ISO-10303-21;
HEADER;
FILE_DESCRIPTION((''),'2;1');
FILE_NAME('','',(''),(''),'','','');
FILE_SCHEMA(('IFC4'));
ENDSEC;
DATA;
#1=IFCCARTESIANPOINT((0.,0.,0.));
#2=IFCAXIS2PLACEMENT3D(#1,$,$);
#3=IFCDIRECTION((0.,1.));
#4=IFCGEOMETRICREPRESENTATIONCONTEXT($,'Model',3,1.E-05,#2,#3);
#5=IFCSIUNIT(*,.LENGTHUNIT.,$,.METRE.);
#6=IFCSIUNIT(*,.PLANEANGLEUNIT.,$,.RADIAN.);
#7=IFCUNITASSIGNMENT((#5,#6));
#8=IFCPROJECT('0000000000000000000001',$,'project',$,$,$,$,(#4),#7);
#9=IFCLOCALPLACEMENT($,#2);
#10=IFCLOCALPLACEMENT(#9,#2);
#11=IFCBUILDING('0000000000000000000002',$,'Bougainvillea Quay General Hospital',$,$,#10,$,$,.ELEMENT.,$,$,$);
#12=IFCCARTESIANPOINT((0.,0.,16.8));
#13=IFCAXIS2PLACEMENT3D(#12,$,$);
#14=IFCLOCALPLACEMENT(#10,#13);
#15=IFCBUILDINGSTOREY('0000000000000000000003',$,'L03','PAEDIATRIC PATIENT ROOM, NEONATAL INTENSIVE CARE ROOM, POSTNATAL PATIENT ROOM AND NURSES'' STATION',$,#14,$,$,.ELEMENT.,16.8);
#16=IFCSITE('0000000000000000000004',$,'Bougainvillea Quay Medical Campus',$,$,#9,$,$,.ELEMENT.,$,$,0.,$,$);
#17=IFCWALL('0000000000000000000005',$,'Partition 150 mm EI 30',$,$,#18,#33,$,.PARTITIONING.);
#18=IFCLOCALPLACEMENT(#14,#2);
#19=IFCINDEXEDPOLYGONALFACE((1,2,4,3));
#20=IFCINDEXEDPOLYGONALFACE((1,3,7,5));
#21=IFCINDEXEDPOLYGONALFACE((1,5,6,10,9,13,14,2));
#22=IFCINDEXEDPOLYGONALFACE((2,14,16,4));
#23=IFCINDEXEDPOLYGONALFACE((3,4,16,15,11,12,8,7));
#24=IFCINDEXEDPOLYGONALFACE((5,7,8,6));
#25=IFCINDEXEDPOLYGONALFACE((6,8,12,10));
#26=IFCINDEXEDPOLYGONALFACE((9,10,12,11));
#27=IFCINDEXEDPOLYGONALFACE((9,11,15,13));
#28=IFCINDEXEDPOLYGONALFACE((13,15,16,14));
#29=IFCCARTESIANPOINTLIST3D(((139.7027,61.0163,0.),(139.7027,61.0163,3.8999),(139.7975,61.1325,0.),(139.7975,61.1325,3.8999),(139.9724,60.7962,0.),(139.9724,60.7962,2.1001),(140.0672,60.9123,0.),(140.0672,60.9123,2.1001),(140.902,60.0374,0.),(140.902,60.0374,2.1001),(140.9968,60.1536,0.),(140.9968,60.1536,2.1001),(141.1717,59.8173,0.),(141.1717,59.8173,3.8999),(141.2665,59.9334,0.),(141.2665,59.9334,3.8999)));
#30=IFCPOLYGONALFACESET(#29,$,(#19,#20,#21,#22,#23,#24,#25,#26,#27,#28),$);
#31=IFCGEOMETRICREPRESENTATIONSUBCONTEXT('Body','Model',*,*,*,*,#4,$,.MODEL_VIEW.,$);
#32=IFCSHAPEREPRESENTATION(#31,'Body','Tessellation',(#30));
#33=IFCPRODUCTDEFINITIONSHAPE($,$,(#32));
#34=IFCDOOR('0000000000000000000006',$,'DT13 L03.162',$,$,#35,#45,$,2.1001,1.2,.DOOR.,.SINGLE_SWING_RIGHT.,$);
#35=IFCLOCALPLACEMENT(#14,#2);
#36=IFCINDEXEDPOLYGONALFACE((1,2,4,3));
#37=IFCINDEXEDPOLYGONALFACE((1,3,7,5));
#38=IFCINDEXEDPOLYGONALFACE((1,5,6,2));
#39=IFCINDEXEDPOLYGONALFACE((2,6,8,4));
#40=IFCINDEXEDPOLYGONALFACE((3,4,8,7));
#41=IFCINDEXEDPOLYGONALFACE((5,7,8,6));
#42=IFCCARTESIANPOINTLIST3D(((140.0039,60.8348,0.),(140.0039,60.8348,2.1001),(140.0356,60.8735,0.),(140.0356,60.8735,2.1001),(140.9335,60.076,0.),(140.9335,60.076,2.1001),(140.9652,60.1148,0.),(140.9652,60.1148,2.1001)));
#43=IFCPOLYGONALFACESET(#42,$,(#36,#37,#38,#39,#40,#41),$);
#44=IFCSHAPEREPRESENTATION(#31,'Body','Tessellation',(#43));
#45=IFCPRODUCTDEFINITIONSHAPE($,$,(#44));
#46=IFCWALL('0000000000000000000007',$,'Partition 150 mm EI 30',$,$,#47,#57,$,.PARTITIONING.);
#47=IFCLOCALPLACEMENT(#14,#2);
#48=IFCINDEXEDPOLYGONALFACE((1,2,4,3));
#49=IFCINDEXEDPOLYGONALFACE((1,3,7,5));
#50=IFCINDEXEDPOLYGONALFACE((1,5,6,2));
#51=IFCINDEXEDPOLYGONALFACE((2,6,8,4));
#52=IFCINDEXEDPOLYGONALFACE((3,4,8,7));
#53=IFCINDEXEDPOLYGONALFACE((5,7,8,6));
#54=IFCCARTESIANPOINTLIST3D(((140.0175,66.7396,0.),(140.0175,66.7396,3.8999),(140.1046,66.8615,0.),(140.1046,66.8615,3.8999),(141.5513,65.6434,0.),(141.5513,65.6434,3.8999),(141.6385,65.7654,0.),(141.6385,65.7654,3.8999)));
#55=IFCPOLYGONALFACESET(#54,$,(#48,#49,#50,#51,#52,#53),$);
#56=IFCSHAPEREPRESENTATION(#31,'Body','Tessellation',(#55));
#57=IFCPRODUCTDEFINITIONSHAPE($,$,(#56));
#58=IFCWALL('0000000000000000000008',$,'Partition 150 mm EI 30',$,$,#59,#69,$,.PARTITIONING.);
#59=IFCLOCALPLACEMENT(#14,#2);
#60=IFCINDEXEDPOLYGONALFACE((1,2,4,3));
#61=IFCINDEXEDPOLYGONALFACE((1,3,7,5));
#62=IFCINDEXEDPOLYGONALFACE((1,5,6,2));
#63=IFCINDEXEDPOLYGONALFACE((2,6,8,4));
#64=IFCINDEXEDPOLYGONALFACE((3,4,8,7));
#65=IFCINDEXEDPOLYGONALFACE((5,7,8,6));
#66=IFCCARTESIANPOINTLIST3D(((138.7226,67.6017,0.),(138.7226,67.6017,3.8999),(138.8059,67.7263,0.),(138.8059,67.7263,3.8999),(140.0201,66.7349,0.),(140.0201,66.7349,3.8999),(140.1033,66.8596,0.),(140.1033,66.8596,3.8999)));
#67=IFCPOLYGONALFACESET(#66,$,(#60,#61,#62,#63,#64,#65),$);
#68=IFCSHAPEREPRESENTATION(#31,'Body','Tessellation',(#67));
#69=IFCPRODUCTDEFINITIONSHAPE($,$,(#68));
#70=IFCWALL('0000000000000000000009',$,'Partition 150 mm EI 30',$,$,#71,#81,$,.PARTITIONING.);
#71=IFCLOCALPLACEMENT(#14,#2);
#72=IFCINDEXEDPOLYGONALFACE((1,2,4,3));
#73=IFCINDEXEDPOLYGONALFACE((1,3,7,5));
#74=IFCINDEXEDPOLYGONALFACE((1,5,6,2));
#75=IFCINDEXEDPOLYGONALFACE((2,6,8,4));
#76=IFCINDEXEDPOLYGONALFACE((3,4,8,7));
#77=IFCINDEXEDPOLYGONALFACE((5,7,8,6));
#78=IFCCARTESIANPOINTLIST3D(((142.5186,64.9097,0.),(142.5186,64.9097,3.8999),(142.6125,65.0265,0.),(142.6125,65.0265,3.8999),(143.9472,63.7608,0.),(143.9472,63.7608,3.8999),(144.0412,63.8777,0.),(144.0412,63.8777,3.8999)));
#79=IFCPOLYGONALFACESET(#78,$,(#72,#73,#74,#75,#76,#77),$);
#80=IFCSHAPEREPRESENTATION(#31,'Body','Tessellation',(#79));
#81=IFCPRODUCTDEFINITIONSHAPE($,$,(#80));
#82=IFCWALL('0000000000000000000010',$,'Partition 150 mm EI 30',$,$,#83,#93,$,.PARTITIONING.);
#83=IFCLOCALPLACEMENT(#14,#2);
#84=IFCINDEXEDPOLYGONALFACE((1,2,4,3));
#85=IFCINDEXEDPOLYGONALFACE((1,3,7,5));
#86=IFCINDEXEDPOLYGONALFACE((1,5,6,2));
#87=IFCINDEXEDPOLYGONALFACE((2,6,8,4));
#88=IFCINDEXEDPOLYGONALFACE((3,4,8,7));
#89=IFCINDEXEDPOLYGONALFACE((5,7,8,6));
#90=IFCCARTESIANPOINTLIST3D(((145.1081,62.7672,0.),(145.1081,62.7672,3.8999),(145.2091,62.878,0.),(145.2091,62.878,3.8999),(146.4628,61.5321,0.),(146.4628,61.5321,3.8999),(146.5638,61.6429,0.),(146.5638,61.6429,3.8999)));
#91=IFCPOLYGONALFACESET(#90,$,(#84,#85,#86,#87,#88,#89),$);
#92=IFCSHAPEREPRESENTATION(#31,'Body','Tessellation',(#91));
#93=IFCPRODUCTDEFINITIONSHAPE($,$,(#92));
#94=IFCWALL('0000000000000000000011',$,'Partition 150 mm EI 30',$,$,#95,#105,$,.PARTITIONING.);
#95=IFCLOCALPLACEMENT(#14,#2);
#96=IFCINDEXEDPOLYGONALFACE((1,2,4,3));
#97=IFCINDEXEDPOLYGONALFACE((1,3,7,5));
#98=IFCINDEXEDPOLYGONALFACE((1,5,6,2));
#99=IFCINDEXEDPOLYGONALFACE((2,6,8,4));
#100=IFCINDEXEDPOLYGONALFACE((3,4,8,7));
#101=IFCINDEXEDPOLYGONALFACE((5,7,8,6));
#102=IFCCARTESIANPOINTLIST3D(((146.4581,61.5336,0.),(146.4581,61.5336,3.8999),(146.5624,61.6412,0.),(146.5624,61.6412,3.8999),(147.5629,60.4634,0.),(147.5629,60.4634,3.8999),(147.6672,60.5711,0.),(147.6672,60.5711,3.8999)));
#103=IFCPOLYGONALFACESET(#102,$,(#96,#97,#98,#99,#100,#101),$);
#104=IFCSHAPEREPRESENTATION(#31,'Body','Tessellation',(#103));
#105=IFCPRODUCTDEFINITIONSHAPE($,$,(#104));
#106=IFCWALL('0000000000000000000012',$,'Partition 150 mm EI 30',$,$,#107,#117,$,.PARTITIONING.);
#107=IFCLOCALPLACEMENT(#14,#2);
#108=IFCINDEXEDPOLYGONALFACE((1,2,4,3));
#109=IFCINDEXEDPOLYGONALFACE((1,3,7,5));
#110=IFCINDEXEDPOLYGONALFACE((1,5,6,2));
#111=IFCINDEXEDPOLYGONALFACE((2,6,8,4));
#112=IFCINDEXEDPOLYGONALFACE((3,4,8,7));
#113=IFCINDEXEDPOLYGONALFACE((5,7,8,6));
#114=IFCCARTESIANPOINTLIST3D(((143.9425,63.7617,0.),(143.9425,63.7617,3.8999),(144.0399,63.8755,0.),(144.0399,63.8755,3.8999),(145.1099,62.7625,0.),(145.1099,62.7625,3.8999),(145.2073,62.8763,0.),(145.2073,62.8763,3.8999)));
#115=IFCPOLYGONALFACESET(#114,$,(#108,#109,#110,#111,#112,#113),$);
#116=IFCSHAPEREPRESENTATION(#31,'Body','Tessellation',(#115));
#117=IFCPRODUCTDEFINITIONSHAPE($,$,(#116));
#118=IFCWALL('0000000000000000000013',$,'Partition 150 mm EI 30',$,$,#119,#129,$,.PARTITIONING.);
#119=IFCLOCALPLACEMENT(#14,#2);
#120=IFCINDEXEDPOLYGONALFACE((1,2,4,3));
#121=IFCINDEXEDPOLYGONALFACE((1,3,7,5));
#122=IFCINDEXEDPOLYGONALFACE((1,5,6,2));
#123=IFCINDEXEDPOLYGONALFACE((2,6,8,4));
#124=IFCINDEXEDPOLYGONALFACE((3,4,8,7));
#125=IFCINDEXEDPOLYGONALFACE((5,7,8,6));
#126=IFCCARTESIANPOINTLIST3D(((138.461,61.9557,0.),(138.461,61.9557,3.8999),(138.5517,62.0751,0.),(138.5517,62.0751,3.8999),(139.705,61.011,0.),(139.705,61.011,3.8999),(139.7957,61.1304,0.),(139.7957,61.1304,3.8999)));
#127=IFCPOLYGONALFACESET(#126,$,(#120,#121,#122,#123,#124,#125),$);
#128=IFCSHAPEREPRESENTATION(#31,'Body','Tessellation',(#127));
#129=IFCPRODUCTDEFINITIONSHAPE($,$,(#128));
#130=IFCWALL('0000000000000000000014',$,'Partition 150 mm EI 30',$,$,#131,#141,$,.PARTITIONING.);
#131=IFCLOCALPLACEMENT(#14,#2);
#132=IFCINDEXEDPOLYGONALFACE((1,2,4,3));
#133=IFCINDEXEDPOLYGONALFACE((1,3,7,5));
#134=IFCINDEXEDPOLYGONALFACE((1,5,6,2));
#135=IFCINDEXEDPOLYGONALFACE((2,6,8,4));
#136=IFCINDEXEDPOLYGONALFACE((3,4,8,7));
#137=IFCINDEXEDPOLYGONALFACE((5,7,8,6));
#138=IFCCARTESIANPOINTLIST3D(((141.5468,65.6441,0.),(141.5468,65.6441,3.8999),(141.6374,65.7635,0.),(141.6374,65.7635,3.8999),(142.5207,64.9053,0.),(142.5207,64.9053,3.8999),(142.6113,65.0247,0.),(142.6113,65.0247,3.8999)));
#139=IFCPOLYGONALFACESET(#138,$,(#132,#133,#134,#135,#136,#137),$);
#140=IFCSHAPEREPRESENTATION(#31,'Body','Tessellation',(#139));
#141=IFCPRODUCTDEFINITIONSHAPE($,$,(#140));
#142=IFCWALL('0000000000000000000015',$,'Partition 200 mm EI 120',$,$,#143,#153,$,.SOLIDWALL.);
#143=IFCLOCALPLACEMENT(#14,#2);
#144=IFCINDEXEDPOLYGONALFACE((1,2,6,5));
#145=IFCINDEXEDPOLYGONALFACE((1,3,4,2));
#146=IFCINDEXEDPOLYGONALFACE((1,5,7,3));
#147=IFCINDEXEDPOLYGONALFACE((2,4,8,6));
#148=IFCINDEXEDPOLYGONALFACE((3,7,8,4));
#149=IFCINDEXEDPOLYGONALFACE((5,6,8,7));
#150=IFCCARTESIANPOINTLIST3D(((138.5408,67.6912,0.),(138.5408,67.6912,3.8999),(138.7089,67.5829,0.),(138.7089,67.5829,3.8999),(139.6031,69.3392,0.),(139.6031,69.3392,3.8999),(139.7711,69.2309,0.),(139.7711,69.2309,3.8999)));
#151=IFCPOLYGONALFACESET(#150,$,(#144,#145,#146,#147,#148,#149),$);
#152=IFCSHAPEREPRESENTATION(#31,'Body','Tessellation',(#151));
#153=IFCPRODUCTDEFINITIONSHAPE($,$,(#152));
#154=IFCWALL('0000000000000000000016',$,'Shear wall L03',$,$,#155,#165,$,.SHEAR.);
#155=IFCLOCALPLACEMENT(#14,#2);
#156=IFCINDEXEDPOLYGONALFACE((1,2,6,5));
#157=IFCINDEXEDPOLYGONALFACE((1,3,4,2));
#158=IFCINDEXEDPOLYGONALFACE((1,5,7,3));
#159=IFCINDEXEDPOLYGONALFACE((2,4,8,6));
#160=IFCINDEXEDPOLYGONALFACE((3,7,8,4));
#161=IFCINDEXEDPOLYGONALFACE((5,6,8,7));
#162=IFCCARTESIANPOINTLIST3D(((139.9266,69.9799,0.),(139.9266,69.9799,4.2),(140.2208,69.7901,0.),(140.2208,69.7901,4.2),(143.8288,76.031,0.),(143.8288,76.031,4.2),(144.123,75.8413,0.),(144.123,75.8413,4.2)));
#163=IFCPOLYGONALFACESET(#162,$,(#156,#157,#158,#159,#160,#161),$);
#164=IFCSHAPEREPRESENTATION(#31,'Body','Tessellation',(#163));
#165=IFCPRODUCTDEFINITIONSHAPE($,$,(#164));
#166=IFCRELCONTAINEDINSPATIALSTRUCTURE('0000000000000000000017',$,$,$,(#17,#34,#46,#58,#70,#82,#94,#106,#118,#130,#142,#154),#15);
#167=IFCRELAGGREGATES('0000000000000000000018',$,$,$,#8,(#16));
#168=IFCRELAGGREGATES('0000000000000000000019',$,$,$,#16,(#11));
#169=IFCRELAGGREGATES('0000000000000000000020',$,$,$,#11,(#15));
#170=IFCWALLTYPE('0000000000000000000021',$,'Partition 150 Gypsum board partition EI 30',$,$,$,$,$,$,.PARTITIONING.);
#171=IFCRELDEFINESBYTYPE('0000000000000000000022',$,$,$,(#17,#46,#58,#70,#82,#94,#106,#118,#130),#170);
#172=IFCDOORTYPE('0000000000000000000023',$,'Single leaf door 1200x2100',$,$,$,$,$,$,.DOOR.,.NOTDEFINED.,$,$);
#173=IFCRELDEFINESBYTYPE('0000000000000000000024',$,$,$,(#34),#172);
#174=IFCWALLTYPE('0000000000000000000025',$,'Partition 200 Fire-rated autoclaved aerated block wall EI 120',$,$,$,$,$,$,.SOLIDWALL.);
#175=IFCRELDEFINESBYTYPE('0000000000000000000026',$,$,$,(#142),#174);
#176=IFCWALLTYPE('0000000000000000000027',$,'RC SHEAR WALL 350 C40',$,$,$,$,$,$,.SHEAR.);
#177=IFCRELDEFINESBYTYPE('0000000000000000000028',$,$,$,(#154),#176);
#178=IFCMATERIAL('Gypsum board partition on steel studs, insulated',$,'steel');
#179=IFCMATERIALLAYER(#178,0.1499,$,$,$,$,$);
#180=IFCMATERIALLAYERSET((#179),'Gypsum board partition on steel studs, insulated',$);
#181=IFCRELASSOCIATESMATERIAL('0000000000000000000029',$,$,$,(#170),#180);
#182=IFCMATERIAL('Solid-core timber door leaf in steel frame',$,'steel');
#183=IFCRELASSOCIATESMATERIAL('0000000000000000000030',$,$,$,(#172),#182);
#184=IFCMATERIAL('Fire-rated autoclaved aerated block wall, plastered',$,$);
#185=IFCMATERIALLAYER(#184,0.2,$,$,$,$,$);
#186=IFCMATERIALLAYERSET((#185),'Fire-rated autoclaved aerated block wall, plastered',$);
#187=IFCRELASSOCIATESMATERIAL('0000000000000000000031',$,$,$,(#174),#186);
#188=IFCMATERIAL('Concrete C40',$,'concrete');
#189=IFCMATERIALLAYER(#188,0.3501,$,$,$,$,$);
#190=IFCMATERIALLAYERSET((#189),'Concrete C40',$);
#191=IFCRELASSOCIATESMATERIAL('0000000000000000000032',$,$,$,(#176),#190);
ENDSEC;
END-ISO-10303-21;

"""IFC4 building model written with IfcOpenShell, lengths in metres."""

from ifc_helpers import new_model, si_unit, direction, frame, frame_2d, origin, place, context, subcontext, project, spatial, rectangle, extrude, material, layer, layer_set, type_object, element, fill, save


model = new_model("IFC4")

# Units and contexts
model_context = context("Model", 3, precision=1e-05, world=origin(), true_north=direction((0.0, 1.0)))
body_context = subcontext(model_context, "Body", "Model", "MODEL_VIEW")
ifc_project = project(units=[si_unit("LENGTHUNIT", "METRE"), si_unit("PLANEANGLEUNIT", "RADIAN")], contexts=[model_context])

# Site, building, storey
site_placement = place(None, origin())
site = spatial("IfcSite", under=ifc_project, at=site_placement, Name="Bougainvillea Quay Medical Campus", CompositionType="ELEMENT", RefElevation=0.0)
building_placement = place(site_placement, origin())
building = spatial("IfcBuilding", under=site, at=building_placement, Name="Bougainvillea Quay General Hospital", CompositionType="ELEMENT")
storey_placement = place(building_placement, frame((0.0, 0.0, 16.8)))
storey = spatial("IfcBuildingStorey", under=building, at=storey_placement, Name="L03", Description="PAEDIATRIC PATIENT ROOM, NEONATAL INTENSIVE CARE ROOM, POSTNATAL PATIENT ROOM AND NURSES' STATION", CompositionType="ELEMENT", Elevation=16.8)

# Shared definitions
ifc_material_1 = material(Name="Concrete C40", Category="concrete")

# Shared definitions
ifc_material_2 = material(Name="Gypsum board partition on steel studs, insulated", Category="steel")
ifc_layer_1 = layer(ifc_material_2, 0.1499)
ifc_layer_set_1 = layer_set([ifc_layer_1], Name="Gypsum board partition on steel studs, insulated")
wall_type_1 = type_object("IfcWallType", Name="Partition 150 Gypsum board partition EI 30", PredefinedType="PARTITIONING", material=ifc_layer_set_1)
ifc_material_3 = material(Name="Solid-core timber door leaf in steel frame", Category="steel")

# Wall, opening, door
wall_1_placement = place(storey_placement, frame((139.75, 61.0745, 0.0), z_axis=(0.0, 0.0, 1.0), x_axis=(0.774714, -0.632312, 0.0)))
wall_1 = element("IfcWall", 1, at=wall_1_placement, inside=storey, type_object=wall_type_1, Name="Partition 150 mm EI 30", PredefinedType="PARTITIONING", context=body_context, shape_type="SweptSolid", body=[
    extrude(rectangle(XDim=1.8962, YDim=0.1499, at=frame_2d((0.9482, 0.0))), origin(), (0.0, 0.0, 1.0), 3.8999),
])
opening_1_placement = place(wall_1_placement, frame((0.3481, 0.0, 0.0)))
opening_1 = element("IfcOpeningElement", 2, at=opening_1_placement, cuts=wall_1, PredefinedType="OPENING", context=body_context, shape_type="SweptSolid", body=[
    extrude(rectangle(XDim=1.2, YDim=2.1001, at=frame_2d((0.6001, 1.05))), frame((0.0, 0.085, 0.0), z_axis=(0.0, -1.0, 0.0), x_axis=(1.0, 0.0, 0.0)), (0.0, 0.0, 1.0), 0.1699),
])
door_type_1 = type_object("IfcDoorType", Name="Single leaf door 1200x2100", OperationType="NOTDEFINED", PredefinedType="DOOR", material=ifc_material_3)
door_1_placement = place(opening_1_placement, origin())
door_1 = element("IfcDoor", 3, at=door_1_placement, inside=storey, type_object=door_type_1, Name="DT13 L03.162", OperationType="SINGLE_SWING_RIGHT", OverallHeight=2.1001, OverallWidth=1.2, PredefinedType="DOOR", context=body_context, shape_type="SweptSolid", body=[
    extrude(rectangle(XDim=1.2, YDim=2.1001, at=frame_2d((0.6001, 1.05))), frame((0.0, 0.0249, 0.0), z_axis=(0.0, -1.0, 0.0), x_axis=(1.0, 0.0, 0.0)), (0.0, 0.0, 1.0), 0.05),
])
fill(opening_1, door_1)

# Walls
wall_2_placement = place(storey_placement, frame((140.061, 66.8005, 0.0), z_axis=(0.0, 0.0, 1.0), x_axis=(0.813602, -0.581422, 0.0)))
element("IfcWall", 4, at=wall_2_placement, inside=storey, type_object=wall_type_1, Name="Partition 150 mm EI 30", PredefinedType="PARTITIONING", context=body_context, shape_type="SweptSolid", body=[
    extrude(rectangle(XDim=1.8853, YDim=0.1499, at=frame_2d((0.9426, 0.0))), origin(), (0.0, 0.0, 1.0), 3.8999),
])
wall_3_placement = place(storey_placement, frame((138.7642, 67.6641, 0.0), z_axis=(0.0, 0.0, 1.0), x_axis=(0.83152, -0.555494, 0.0)))
element("IfcWall", 5, at=wall_3_placement, inside=storey, type_object=wall_type_1, Name="Partition 150 mm EI 30", PredefinedType="PARTITIONING", context=body_context, shape_type="SweptSolid", body=[
    extrude(rectangle(XDim=1.5603, YDim=0.1499, at=frame_2d((0.7803, 0.0))), origin(), (0.0, 0.0, 1.0), 3.8999),
])
for number, where, z_axis, x_axis, name in (
    (6, (142.5657, 64.968, 0.0), (0.0, 0.0, 1.0), (0.779281, -0.626674, 0.0), "Partition 150 mm EI 30"),
    (7, (145.1587, 62.8225, 0.0), (0.0, 0.0, 1.0), (0.738981, -0.673726, 0.0), "Partition 150 mm EI 30"),
):
    element("IfcWall", number, at=place(storey_placement, frame(where, z_axis=z_axis, x_axis=x_axis)), inside=storey, type_object=wall_type_1, Name=name, PredefinedType="PARTITIONING", context=body_context, shape_type="SweptSolid", body=[
        extrude(rectangle(XDim=1.8333, YDim=0.1499, at=frame_2d((0.9165, 0.0))), origin(), (0.0, 0.0, 1.0), 3.8999),
    ])
wall_4_placement = place(storey_placement, frame((146.5103, 61.5874, 0.0), z_axis=(0.0, 0.0, 1.0), x_axis=(0.718287, -0.695747, 0.0)))
element("IfcWall", 8, at=wall_4_placement, inside=storey, type_object=wall_type_1, Name="Partition 150 mm EI 30", PredefinedType="PARTITIONING", context=body_context, shape_type="SweptSolid", body=[
    extrude(rectangle(XDim=1.5381, YDim=0.1499, at=frame_2d((0.769, 0.0))), origin(), (0.0, 0.0, 1.0), 3.8999),
])
wall_5_placement = place(storey_placement, frame((143.9912, 63.8186, 0.0), z_axis=(0.0, 0.0, 1.0), x_axis=(0.759716, -0.650255, 0.0)))
element("IfcWall", 9, at=wall_5_placement, inside=storey, type_object=wall_type_1, Name="Partition 150 mm EI 30", PredefinedType="PARTITIONING", context=body_context, shape_type="SweptSolid", body=[
    extrude(rectangle(XDim=1.5366, YDim=0.1499, at=frame_2d((0.7683, 0.0))), origin(), (0.0, 0.0, 1.0), 3.8999),
])
wall_6_placement = place(storey_placement, frame((138.5063, 62.0154, 0.0), z_axis=(0.0, 0.0, 1.0), x_axis=(0.796403, -0.604766, 0.0)))
element("IfcWall", 10, at=wall_6_placement, inside=storey, type_object=wall_type_1, Name="Partition 150 mm EI 30", PredefinedType="PARTITIONING", context=body_context, shape_type="SweptSolid", body=[
    extrude(rectangle(XDim=1.562, YDim=0.1499, at=frame_2d((0.781, 0.0))), origin(), (0.0, 0.0, 1.0), 3.8999),
])
wall_7_placement = place(storey_placement, frame((141.592, 65.7039, 0.0), z_axis=(0.0, 0.0, 1.0), x_axis=(0.796705, -0.604369, 0.0)))
element("IfcWall", 11, at=wall_7_placement, inside=storey, type_object=wall_type_1, Name="Partition 150 mm EI 30", PredefinedType="PARTITIONING", context=body_context, shape_type="SweptSolid", body=[
    extrude(rectangle(XDim=1.2224, YDim=0.1499, at=frame_2d((0.6113, 0.0))), origin(), (0.0, 0.0, 1.0), 3.8999),
])
ifc_material_4 = material(Name="Fire-rated autoclaved aerated block wall, plastered")
ifc_layer_2 = layer(ifc_material_4, 0.2)
ifc_layer_set_2 = layer_set([ifc_layer_2], Name="Fire-rated autoclaved aerated block wall, plastered")
wall_type_2 = type_object("IfcWallType", Name="Partition 200 Fire-rated autoclaved aerated block wall EI 120", PredefinedType="SOLIDWALL", material=ifc_layer_set_2)
wall_8_placement = place(storey_placement, frame((138.6248, 67.637, 0.0), z_axis=(0.0, 0.0, 1.0), x_axis=(0.541789, 0.840514, 0.0)))
element("IfcWall", 12, at=wall_8_placement, inside=storey, type_object=wall_type_2, Name="Partition 200 mm EI 120", PredefinedType="SOLIDWALL", context=body_context, shape_type="SweptSolid", body=[
    extrude(rectangle(XDim=1.9607, YDim=0.2, at=frame_2d((0.9805, 0.0))), origin(), (0.0, 0.0, 1.0), 3.8999),
])
ifc_layer_3 = layer(ifc_material_1, 0.3501)
ifc_layer_set_3 = layer_set([ifc_layer_3], Name="Concrete C40")
wall_type_3 = type_object("IfcWallType", Name="RC SHEAR WALL 350 C40", PredefinedType="SHEAR", material=ifc_layer_set_3)
wall_9_placement = place(storey_placement, frame((140.0737, 69.885, 0.0), z_axis=(0.0, 0.0, 1.0), x_axis=(0.541952, 0.84041, 0.0)))
element("IfcWall", 13, at=wall_9_placement, inside=storey, type_object=wall_type_3, Name="Shear wall L03", PredefinedType="SHEAR", context=body_context, shape_type="SweptSolid", body=[
    extrude(rectangle(XDim=7.2002, YDim=0.3501, at=frame_2d((3.6001, 0.0))), origin(), (0.0, 0.0, 1.0), 4.2),
])

save(model, "model.ifc")
